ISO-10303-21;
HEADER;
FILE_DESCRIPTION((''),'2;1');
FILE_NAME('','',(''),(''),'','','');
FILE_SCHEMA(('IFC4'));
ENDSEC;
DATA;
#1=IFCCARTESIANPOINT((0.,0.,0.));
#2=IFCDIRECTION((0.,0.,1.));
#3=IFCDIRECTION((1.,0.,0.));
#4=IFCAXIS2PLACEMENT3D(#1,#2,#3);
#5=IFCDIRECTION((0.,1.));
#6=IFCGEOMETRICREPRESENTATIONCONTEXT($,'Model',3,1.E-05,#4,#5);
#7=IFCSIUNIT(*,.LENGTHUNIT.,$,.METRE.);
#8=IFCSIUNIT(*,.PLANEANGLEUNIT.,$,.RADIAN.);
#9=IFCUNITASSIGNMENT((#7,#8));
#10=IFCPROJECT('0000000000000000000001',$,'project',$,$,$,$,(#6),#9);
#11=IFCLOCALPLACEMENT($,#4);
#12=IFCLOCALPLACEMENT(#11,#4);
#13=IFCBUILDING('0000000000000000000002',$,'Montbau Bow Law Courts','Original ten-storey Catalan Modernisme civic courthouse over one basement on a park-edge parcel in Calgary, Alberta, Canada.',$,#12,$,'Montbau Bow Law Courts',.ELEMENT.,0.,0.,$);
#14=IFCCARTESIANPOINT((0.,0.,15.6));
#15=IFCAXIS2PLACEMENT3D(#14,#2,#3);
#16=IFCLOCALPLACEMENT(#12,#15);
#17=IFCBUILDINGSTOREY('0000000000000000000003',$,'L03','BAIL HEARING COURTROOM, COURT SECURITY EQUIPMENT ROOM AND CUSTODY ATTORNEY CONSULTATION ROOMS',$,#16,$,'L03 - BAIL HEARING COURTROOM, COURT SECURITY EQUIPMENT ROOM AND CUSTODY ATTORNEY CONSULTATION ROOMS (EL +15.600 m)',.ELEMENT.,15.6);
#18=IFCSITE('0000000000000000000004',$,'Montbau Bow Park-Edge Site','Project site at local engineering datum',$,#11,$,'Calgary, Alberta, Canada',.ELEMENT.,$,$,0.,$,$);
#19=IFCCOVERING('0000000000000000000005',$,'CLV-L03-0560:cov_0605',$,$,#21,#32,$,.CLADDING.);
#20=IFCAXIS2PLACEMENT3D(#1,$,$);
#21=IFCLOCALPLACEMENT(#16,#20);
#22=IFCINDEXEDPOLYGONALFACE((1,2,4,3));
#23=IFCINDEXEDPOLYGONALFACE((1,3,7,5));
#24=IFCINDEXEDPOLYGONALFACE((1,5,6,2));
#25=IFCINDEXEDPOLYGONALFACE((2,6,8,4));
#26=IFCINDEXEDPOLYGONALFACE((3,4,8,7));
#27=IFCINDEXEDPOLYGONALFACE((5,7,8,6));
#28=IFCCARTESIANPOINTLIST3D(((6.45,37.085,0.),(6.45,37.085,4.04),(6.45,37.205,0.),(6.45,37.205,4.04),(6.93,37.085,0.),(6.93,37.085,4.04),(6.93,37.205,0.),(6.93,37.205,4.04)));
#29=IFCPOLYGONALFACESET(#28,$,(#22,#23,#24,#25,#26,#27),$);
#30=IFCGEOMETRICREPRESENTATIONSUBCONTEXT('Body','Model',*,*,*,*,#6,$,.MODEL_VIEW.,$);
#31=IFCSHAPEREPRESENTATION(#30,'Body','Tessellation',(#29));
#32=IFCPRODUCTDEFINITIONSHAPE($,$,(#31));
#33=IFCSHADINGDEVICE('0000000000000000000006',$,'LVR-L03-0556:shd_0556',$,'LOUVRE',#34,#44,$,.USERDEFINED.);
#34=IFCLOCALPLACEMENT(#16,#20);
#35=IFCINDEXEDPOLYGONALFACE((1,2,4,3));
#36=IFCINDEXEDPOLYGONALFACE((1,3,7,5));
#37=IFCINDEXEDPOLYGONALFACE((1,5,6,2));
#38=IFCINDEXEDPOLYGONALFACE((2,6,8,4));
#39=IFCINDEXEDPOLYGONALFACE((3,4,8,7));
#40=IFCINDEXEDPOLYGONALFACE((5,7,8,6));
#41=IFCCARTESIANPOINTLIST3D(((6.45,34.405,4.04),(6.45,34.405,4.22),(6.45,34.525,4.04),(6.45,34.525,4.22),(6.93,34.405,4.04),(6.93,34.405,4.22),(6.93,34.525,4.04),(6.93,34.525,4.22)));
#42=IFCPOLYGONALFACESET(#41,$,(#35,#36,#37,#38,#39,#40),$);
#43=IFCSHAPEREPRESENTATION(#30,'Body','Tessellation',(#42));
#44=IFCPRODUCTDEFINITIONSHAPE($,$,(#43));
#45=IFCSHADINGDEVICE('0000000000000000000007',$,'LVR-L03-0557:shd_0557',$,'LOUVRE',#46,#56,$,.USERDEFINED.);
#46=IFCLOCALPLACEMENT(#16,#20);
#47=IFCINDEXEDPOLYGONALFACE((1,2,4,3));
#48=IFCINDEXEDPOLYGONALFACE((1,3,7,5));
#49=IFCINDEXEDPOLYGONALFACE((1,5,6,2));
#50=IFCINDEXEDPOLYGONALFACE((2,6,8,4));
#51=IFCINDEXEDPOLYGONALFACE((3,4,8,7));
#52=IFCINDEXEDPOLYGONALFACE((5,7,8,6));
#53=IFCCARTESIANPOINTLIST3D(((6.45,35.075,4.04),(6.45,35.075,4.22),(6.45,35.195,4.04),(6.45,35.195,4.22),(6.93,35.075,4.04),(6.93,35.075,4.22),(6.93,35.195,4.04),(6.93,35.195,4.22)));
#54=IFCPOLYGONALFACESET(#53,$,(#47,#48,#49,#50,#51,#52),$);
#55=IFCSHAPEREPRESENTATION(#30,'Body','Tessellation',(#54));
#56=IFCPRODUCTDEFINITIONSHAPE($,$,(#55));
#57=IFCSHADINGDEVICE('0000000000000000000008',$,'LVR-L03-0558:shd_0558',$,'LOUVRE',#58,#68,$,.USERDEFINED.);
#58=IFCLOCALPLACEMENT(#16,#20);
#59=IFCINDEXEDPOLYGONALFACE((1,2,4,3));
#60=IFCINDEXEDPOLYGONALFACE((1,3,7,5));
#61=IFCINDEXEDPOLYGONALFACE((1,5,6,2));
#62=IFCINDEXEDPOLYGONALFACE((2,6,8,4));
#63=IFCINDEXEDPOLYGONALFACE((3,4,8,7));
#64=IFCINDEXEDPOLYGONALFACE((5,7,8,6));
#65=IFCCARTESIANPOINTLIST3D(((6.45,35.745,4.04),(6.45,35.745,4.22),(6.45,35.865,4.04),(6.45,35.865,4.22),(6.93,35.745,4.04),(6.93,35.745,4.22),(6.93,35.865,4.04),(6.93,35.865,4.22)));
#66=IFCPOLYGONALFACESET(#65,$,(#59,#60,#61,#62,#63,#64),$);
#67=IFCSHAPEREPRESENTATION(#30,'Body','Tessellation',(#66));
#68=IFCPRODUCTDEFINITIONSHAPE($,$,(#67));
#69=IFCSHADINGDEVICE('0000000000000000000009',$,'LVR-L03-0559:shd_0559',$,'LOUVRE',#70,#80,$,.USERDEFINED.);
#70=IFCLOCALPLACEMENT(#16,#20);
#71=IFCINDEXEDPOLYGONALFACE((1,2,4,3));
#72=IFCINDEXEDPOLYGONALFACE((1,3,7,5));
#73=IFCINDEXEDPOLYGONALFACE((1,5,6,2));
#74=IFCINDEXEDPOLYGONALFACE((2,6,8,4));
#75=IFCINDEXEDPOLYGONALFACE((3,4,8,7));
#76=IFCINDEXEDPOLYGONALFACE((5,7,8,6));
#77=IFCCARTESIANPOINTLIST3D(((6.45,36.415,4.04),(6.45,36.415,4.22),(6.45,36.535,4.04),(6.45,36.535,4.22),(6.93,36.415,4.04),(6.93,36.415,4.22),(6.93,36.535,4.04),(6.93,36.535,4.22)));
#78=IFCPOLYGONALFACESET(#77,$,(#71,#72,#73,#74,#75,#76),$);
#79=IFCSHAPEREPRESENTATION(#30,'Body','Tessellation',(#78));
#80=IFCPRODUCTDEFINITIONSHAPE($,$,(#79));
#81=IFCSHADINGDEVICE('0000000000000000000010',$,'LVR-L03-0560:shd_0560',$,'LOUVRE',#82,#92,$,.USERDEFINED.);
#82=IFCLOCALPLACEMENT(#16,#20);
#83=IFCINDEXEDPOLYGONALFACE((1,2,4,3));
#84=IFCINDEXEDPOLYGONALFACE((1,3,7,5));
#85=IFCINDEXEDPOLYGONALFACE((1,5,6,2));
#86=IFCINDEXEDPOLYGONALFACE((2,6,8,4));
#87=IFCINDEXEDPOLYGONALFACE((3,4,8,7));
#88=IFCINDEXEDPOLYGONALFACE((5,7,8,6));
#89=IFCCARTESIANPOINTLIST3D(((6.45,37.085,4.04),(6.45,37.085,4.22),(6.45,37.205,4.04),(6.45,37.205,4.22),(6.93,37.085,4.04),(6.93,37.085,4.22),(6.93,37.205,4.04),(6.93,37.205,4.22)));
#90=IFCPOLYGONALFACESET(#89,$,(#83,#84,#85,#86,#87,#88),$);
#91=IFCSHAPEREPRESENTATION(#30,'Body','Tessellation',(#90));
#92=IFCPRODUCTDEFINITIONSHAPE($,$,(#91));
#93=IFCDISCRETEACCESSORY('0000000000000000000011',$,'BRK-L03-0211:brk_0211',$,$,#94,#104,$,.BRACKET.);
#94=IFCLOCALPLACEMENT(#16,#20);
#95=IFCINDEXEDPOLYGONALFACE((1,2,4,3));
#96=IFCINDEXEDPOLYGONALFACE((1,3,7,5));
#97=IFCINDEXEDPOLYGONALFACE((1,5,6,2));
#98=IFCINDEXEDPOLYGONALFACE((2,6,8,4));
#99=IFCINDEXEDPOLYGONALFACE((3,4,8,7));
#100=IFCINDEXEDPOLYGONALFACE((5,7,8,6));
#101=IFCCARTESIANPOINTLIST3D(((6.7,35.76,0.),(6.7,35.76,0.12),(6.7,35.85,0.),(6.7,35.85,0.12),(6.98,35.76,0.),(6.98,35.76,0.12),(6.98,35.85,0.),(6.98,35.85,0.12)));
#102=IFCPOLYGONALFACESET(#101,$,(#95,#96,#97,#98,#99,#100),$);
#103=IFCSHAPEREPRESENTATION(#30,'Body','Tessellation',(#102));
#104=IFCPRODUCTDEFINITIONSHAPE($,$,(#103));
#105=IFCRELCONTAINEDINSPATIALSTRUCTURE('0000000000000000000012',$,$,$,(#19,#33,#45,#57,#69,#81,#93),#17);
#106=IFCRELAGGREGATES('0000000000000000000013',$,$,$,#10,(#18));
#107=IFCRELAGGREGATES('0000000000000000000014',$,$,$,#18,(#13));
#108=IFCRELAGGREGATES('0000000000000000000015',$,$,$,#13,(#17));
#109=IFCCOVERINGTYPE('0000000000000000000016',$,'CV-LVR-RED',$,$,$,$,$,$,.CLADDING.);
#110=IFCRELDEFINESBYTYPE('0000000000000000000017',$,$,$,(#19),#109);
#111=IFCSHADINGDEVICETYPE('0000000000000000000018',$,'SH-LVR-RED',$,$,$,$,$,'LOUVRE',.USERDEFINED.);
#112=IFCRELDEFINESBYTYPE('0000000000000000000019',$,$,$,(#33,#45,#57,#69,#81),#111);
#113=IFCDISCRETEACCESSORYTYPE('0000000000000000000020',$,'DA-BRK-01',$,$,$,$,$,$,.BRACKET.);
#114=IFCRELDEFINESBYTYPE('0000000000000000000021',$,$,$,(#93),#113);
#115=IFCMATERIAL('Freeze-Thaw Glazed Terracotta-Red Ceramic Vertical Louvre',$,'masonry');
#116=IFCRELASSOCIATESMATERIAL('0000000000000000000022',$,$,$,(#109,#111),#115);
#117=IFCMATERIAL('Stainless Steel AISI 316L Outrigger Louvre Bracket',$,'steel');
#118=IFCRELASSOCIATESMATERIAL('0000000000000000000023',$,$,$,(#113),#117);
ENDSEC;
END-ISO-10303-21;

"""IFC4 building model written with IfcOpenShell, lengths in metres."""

from ifc_helpers import new_model, si_unit, direction, frame, frame_2d, origin_with_axes, origin_2d_with_axis, place, context, subcontext, project, spatial, rectangle, extrude, material, type_object, element, save


model = new_model("IFC4")

# Units and contexts
model_context = context("Model", 3, precision=1e-05, world=origin_with_axes(), true_north=direction((0.0, 1.0)))
body_context = subcontext(model_context, "Body", "Model", "MODEL_VIEW")
ifc_project = project(units=[si_unit("LENGTHUNIT", "METRE"), si_unit("PLANEANGLEUNIT", "RADIAN")], contexts=[model_context])

# Site, building, storey
site_placement = place(None, origin_with_axes())
site = spatial("IfcSite", under=ifc_project, at=site_placement, Name="Montbau Bow Park-Edge Site", Description="Project site at local engineering datum", LongName="Calgary, Alberta, Canada", CompositionType="ELEMENT", RefElevation=0.0)
building_placement = place(site_placement, origin_with_axes())
building = spatial("IfcBuilding", under=site, at=building_placement, Name="Montbau Bow Law Courts", Description="Original ten-storey Catalan Modernisme civic courthouse over one basement on a park-edge parcel in Calgary, Alberta, Canada.", LongName="Montbau Bow Law Courts", CompositionType="ELEMENT", ElevationOfRefHeight=0.0, ElevationOfTerrain=0.0)
storey_placement = place(building_placement, frame((0.0, 0.0, 15.6), z_axis=(0.0, 0.0, 1.0), x_axis=(1.0, 0.0, 0.0)))
storey = spatial("IfcBuildingStorey", under=building, at=storey_placement, Name="L03", Description="BAIL HEARING COURTROOM, COURT SECURITY EQUIPMENT ROOM AND CUSTODY ATTORNEY CONSULTATION ROOMS", LongName="L03 - BAIL HEARING COURTROOM, COURT SECURITY EQUIPMENT ROOM AND CUSTODY ATTORNEY CONSULTATION ROOMS (EL +15.600 m)", CompositionType="ELEMENT", Elevation=15.6)

# Covering
ifc_material_1 = material(Name="Freeze-Thaw Glazed Terracotta-Red Ceramic Vertical Louvre", Category="masonry")
covering_type = type_object("IfcCoveringType", Name="CV-LVR-RED", PredefinedType="CLADDING", material=ifc_material_1)
for number, where, z_axis, x_axis, name in (
    (1, (6.93, 37.145, 15.6), (0.0, 1.0, 0.0), (-1.0, 0.0, 0.0), "CLV-L03-0560:cov_0605"),
):
    element("IfcCovering", number, at=place(None, frame(where, z_axis=z_axis, x_axis=x_axis)), inside=storey, type_object=covering_type, Name=name, PredefinedType="CLADDING", context=body_context, shape_type="SweptSolid", body=[
        extrude(rectangle(XDim=0.48, YDim=4.04, at=frame_2d((0.24, 2.02), x_axis=(1.0, 0.0))), frame((0.0, 0.0, -0.06), z_axis=(0.0, 0.0, 1.0), x_axis=(1.0, 0.0, 0.0)), (0.0, 0.0, 1.0), 0.12),
    ])

# Shading devices
shading_device_type = type_object("IfcShadingDeviceType", Name="SH-LVR-RED", ElementType="LOUVRE", PredefinedType="USERDEFINED", material=ifc_material_1)
for number, where, z_axis, x_axis, name in (
    (2, (6.69, 34.465, 19.64), (0.0, 0.0, 1.0), (-1.0, 0.0, 0.0), "LVR-L03-0556:shd_0556"),
    (3, (6.69, 35.135, 19.64), (0.0, 0.0, 1.0), (-1.0, 0.0, 0.0), "LVR-L03-0557:shd_0557"),
    (4, (6.69, 35.805, 19.64), (0.0, 0.0, 1.0), (-1.0, 0.0, 0.0), "LVR-L03-0558:shd_0558"),
    (5, (6.69, 36.475, 19.64), (0.0, 0.0, 1.0), (-1.0, 0.0, 0.0), "LVR-L03-0559:shd_0559"),
    (6, (6.69, 37.145, 19.64), (0.0, 0.0, 1.0), (-1.0, 0.0, 0.0), "LVR-L03-0560:shd_0560"),
):
    element("IfcShadingDevice", number, at=place(None, frame(where, z_axis=z_axis, x_axis=x_axis)), inside=storey, type_object=shading_device_type, Name=name, ObjectType="LOUVRE", PredefinedType="USERDEFINED", context=body_context, shape_type="SweptSolid", body=[
        extrude(rectangle(XDim=0.48, YDim=0.12, at=origin_2d_with_axis()), origin_with_axes(), (0.0, 0.0, 1.0), 0.18),
    ])

# Discrete accessory
ifc_material_2 = material(Name="Stainless Steel AISI 316L Outrigger Louvre Bracket", Category="steel")
discrete_accessory_type = type_object("IfcDiscreteAccessoryType", Name="DA-BRK-01", PredefinedType="BRACKET", material=ifc_material_2)
discrete_accessory_placement = place(None, frame((6.84, 35.805, 15.6), z_axis=(0.0, 0.0, 1.0), x_axis=(-1.0, 0.0, 0.0)))
element("IfcDiscreteAccessory", 7, at=discrete_accessory_placement, inside=storey, type_object=discrete_accessory_type, Name="BRK-L03-0211:brk_0211", PredefinedType="BRACKET", context=body_context, shape_type="SweptSolid", body=[
    extrude(rectangle(XDim=0.28, YDim=0.09, at=origin_2d_with_axis()), origin_with_axes(), (0.0, 0.0, 1.0), 0.12),
])

save(model, "model.ifc")
